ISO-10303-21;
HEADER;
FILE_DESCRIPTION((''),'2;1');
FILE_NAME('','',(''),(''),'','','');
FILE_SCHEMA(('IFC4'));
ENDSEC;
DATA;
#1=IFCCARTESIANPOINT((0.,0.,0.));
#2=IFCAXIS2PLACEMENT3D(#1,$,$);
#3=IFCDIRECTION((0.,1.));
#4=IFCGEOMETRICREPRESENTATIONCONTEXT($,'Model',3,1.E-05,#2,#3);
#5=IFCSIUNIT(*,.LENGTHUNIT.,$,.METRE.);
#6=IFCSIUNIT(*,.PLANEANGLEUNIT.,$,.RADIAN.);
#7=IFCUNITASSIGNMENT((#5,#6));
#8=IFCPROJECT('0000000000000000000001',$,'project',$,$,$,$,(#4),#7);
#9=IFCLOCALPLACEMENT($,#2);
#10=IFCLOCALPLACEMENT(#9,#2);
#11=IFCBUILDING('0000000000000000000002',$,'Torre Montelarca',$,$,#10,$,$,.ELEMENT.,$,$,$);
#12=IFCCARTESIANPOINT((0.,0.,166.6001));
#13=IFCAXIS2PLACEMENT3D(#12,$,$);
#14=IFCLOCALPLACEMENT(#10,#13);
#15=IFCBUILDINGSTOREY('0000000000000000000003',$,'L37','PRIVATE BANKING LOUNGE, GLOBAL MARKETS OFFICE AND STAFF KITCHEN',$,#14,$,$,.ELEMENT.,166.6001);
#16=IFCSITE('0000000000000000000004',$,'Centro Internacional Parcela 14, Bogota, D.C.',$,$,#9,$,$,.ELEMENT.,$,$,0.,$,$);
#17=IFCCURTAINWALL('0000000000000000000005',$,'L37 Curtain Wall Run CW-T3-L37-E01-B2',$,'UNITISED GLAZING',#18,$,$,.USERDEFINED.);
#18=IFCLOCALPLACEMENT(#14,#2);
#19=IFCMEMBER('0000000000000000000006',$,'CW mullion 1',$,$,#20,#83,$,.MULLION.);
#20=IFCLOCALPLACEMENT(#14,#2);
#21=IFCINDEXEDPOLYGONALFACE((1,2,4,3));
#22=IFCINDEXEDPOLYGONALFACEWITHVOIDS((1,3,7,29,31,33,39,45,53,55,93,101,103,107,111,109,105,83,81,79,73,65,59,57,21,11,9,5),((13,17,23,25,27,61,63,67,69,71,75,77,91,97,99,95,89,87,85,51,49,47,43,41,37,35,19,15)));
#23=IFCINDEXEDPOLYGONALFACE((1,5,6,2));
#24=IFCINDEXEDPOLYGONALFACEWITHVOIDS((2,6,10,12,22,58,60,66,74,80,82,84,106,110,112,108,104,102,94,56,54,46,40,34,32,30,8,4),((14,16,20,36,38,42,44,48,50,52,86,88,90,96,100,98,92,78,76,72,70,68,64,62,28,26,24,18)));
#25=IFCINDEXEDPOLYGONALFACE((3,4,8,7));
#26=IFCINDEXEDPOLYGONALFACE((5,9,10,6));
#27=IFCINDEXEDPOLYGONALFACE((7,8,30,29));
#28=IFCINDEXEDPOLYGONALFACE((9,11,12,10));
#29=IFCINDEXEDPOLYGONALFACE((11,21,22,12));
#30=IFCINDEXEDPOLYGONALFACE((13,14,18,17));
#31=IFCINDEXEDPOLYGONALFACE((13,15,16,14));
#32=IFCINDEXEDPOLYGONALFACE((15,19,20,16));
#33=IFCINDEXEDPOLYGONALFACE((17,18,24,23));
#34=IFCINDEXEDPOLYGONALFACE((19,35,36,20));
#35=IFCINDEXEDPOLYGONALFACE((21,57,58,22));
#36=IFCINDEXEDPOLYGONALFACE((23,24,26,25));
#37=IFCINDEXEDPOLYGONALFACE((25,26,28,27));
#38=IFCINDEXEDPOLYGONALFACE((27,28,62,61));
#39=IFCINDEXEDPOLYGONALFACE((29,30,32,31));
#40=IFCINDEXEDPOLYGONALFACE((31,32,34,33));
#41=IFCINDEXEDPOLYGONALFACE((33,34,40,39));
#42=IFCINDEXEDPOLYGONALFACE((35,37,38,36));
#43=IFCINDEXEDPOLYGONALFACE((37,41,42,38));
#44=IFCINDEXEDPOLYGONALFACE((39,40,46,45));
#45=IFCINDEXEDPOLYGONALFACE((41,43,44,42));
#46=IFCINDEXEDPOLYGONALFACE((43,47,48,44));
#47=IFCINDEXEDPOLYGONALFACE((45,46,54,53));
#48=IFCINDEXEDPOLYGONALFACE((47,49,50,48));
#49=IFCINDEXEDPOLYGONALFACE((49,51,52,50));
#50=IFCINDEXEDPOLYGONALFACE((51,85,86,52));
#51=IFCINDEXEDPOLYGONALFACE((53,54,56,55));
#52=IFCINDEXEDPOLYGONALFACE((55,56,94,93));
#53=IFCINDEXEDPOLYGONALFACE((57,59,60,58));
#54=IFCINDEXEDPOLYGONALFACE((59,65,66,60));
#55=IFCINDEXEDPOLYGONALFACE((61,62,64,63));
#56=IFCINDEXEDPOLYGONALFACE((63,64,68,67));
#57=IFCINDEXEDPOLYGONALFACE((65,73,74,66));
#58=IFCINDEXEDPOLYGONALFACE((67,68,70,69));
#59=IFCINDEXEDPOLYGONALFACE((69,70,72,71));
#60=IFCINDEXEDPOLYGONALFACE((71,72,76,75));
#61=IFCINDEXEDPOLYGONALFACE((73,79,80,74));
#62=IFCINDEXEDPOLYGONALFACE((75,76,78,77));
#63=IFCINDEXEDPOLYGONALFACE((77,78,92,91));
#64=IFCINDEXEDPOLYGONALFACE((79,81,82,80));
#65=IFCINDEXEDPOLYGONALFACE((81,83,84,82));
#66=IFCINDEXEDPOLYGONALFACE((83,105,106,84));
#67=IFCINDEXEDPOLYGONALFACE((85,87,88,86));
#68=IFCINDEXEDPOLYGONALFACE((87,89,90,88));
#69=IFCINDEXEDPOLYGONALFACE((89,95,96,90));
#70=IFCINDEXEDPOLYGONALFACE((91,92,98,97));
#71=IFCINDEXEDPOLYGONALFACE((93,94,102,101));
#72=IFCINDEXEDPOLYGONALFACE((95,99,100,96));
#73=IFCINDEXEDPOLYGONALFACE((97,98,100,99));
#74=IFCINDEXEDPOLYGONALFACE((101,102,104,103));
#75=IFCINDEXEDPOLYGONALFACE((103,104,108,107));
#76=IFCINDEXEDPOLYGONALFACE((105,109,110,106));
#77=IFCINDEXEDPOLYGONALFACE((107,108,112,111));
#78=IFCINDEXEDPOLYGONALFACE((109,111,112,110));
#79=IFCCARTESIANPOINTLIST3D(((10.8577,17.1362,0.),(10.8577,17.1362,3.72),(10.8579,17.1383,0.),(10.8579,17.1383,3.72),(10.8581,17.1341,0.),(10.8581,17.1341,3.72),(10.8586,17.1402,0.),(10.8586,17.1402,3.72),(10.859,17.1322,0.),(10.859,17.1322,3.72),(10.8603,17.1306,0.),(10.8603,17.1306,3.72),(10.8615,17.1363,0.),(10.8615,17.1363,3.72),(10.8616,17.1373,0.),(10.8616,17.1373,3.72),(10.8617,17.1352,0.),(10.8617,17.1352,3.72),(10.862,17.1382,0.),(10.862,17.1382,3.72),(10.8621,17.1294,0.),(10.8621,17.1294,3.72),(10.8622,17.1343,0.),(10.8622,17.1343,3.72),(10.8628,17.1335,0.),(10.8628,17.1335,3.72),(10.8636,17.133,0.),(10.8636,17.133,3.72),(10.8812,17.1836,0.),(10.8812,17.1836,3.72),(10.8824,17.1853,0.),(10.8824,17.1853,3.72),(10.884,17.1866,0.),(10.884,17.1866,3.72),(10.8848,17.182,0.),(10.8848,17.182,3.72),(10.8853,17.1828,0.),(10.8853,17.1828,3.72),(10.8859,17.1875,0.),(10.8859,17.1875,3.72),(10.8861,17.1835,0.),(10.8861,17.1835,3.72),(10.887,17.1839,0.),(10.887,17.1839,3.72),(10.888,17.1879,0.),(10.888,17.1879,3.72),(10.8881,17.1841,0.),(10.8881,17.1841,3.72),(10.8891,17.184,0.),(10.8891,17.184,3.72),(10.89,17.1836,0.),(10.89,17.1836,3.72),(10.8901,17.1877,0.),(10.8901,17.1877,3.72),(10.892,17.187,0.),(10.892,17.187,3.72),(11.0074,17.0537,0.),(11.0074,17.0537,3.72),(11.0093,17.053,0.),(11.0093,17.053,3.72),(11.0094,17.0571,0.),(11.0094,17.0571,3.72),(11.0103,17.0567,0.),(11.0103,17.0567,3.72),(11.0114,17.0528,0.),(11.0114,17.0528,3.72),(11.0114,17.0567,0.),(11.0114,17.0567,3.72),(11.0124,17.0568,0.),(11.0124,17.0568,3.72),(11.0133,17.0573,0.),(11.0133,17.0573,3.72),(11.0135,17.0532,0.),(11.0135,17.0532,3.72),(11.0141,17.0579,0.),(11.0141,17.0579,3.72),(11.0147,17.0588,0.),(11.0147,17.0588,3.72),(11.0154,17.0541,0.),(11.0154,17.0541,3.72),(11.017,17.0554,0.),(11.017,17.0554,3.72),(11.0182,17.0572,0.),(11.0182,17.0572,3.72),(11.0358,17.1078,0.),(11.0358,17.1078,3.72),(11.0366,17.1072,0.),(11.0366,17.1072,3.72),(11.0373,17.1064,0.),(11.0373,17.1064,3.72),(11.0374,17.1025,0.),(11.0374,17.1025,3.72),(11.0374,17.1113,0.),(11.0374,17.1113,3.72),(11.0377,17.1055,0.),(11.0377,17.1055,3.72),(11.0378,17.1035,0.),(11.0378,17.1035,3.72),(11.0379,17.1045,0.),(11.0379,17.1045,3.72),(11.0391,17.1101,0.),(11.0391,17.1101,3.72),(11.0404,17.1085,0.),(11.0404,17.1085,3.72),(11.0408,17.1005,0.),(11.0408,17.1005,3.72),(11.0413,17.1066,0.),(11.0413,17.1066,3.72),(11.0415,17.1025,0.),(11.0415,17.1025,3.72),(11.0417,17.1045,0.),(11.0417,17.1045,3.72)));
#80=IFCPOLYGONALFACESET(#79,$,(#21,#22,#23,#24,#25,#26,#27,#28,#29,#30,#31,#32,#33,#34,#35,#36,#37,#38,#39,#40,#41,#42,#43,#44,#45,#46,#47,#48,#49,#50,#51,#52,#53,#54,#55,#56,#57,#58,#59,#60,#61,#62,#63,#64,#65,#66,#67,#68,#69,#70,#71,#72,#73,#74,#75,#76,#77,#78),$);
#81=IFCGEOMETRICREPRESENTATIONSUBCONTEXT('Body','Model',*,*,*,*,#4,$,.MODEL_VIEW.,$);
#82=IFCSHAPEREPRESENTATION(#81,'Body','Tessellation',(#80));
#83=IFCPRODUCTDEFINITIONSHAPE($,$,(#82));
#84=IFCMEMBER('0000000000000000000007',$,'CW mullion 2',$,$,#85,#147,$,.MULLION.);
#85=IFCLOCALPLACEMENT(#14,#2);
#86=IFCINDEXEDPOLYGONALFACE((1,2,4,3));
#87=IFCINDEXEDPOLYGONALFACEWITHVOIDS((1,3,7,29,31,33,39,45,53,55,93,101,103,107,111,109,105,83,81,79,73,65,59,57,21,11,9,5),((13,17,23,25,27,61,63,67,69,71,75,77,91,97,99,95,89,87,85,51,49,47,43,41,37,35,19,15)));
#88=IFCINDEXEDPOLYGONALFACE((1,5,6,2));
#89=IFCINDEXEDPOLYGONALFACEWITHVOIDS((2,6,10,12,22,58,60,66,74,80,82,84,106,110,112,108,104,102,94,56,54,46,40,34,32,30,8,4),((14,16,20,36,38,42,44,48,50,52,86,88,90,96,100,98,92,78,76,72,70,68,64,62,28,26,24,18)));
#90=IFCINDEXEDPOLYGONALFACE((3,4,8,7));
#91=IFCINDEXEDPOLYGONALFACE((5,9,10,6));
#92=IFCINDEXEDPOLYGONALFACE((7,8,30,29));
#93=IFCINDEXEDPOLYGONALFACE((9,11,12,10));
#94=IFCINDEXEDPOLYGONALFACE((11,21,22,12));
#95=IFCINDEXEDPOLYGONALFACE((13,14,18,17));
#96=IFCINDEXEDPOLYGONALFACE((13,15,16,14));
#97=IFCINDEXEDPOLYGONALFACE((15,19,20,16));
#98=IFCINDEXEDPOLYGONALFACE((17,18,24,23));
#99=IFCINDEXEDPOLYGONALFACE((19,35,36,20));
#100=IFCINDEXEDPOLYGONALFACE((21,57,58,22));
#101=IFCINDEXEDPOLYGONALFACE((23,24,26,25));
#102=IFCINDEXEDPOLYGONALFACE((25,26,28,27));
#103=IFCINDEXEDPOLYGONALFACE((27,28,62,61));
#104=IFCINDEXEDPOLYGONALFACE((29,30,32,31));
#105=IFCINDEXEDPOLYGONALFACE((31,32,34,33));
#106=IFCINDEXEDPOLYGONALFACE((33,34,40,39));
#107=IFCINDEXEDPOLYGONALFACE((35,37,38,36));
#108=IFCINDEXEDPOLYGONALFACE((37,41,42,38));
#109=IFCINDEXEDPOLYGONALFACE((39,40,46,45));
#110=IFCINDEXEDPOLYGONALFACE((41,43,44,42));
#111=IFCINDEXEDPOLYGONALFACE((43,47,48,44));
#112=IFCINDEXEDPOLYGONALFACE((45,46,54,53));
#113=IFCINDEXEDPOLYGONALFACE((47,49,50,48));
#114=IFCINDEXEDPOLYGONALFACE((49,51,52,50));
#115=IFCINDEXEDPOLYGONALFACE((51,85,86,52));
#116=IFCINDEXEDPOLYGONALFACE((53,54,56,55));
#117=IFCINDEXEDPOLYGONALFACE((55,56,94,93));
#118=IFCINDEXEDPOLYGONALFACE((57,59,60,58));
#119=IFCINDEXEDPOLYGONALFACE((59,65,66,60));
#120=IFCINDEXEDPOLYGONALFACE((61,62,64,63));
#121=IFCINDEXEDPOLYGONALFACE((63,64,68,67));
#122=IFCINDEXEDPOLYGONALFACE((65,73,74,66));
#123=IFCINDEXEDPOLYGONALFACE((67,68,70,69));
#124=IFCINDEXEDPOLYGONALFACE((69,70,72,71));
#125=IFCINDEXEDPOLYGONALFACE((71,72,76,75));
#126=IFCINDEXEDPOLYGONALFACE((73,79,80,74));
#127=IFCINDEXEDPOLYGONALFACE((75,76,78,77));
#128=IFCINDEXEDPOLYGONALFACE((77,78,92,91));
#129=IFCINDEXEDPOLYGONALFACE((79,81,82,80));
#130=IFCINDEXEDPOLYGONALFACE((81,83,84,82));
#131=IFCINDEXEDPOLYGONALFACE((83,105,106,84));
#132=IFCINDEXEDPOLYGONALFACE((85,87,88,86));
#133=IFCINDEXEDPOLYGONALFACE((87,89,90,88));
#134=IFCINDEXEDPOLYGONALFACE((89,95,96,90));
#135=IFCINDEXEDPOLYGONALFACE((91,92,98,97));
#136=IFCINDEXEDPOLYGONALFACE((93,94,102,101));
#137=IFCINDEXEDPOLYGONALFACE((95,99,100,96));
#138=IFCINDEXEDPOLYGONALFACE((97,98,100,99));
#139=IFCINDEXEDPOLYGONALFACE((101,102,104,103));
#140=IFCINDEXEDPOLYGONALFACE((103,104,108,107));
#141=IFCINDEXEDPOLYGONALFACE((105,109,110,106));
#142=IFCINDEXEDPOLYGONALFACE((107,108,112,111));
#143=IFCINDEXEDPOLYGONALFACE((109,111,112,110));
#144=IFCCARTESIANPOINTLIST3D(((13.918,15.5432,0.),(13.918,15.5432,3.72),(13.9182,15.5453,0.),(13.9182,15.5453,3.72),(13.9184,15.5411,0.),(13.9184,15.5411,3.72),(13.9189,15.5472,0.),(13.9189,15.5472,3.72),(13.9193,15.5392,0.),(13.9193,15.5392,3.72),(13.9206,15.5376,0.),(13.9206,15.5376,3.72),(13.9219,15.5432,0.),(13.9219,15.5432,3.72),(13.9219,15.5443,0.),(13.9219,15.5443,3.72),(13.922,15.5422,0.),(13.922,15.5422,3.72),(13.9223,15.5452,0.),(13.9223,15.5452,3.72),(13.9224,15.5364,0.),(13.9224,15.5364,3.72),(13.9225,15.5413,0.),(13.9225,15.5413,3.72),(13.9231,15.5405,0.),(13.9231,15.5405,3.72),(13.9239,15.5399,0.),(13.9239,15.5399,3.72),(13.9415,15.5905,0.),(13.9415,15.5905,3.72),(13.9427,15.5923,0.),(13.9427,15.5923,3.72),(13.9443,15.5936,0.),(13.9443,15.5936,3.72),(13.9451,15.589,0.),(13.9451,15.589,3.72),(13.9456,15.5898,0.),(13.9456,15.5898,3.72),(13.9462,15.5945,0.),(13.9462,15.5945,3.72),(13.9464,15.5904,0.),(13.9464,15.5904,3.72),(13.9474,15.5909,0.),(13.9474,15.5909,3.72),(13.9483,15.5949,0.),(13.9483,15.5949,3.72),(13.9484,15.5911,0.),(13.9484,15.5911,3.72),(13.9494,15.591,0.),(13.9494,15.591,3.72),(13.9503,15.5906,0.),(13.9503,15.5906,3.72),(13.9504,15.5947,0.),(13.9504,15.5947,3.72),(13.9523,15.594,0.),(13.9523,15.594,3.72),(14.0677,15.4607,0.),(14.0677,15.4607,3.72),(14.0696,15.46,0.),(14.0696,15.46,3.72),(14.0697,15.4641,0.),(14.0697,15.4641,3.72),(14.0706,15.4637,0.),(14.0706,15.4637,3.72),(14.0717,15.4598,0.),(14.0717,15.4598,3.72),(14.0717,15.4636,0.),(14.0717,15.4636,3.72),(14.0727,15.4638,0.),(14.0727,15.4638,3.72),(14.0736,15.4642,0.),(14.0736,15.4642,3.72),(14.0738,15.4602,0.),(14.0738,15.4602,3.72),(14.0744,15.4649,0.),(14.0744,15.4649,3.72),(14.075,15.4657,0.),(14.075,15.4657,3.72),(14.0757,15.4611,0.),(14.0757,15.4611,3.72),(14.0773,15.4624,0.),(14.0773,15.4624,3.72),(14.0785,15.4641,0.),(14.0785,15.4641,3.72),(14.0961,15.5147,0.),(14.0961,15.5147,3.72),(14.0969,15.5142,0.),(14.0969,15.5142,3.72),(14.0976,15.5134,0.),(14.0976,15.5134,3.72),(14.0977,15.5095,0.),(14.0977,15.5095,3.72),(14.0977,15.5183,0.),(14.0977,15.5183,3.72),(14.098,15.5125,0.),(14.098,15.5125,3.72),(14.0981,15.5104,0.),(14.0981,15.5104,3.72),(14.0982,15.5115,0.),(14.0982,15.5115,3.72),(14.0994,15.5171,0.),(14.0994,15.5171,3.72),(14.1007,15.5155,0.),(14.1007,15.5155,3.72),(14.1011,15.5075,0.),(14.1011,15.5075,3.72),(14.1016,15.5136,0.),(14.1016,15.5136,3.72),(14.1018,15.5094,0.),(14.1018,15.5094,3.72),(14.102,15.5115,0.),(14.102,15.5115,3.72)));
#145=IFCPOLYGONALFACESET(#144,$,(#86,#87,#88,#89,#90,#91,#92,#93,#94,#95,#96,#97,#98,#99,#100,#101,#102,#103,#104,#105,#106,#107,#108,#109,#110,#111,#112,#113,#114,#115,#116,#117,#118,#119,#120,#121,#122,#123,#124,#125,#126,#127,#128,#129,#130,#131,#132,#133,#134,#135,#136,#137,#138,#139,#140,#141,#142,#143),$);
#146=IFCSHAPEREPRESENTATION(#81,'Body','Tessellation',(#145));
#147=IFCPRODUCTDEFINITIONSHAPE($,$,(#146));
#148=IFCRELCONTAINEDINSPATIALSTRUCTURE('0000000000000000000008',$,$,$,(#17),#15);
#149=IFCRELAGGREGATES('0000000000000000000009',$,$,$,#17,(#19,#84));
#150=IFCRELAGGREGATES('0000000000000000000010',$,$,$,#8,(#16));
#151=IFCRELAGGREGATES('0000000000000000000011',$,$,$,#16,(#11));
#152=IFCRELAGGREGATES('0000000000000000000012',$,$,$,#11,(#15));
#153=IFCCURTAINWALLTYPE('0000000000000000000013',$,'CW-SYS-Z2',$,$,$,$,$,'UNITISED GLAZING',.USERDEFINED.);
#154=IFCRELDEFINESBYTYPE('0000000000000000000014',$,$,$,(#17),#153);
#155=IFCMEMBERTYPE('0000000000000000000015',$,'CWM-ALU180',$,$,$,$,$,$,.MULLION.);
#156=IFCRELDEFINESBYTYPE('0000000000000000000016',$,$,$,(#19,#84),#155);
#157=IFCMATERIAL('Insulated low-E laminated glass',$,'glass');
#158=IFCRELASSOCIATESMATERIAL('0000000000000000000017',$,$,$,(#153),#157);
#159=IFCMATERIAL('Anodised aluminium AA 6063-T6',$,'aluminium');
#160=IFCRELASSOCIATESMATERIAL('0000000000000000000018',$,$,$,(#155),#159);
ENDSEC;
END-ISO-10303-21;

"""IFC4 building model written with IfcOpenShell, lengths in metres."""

from ifc_helpers import new_model, si_unit, direction, frame, origin, origin_2d, place, context, subcontext, project, spatial, hollow_rectangle, extrude, source, transform, mapped, material, material_profile, profile_set, type_object, element, aggregate, save


model = new_model("IFC4")

# Units and contexts
model_context = context("Model", 3, precision=1e-05, world=origin(), true_north=direction((0.0, 1.0)))
body_context = subcontext(model_context, "Body", "Model", "MODEL_VIEW")
ifc_project = project(units=[si_unit("LENGTHUNIT", "METRE"), si_unit("PLANEANGLEUNIT", "RADIAN")], contexts=[model_context])

# Site, building, storey
site_placement = place(None, origin())
site = spatial("IfcSite", under=ifc_project, at=site_placement, Name="Centro Internacional Parcela 14, Bogota, D.C.", CompositionType="ELEMENT", RefElevation=0.0)
building_placement = place(site_placement, origin())
building = spatial("IfcBuilding", under=site, at=building_placement, Name="Torre Montelarca", CompositionType="ELEMENT")
storey_placement = place(building_placement, frame((0.0, 0.0, 166.6001)))
storey = spatial("IfcBuildingStorey", under=building, at=storey_placement, Name="L37", Description="PRIVATE BANKING LOUNGE, GLOBAL MARKETS OFFICE AND STAFF KITCHEN", CompositionType="ELEMENT", Elevation=166.6001)

# Curtain wall, members
ifc_material_1 = material(Name="Insulated low-E laminated glass", Category="glass")
curtain_wall_type = type_object("IfcCurtainWallType", Name="CW-SYS-Z2", ElementType="UNITISED GLAZING", PredefinedType="USERDEFINED", material=ifc_material_1)
ifc_material_2 = material(Name="Anodised aluminium AA 6063-T6", Category="aluminium")
ifc_material_profile_1 = material_profile(ifc_material_2, hollow_rectangle(XDim=0.0649, YDim=0.1799, WallThickness=0.0039, InnerFilletRadius=0.0039, OuterFilletRadius=0.0081, at=origin_2d()), Name="ALU65X180X4", Category="aluminium")
ifc_profile_set_1 = profile_set([ifc_material_profile_1], Name="Anodised aluminium AA 6063-T6")
member_type_1 = type_object("IfcMemberType", Name="CWM-ALU180", PredefinedType="MULLION", material=ifc_profile_set_1)
shared_shape_1 = source(origin(), body_context, "Body", "SweptSolid", [
    extrude(hollow_rectangle(XDim=0.0649, YDim=0.1799, WallThickness=0.0039, InnerFilletRadius=0.0039, OuterFilletRadius=0.0081, at=origin_2d()), origin(), (0.0, 0.0, 1.0), 3.72),
])
curtain_wall_1_placement = place(storey_placement, origin())
curtain_wall_1 = element("IfcCurtainWall", 1, at=curtain_wall_1_placement, inside=storey, type_object=curtain_wall_type, Name="L37 Curtain Wall Run CW-T3-L37-E01-B2", ObjectType="UNITISED GLAZING", PredefinedType="USERDEFINED")
member_1_placement = place(storey_placement, frame((10.9497, 17.1204, 0.0), z_axis=(0.0, 0.0, 1.0), x_axis=(0.461753, 0.887009, 0.0)))
member_1 = element("IfcMember", 2, at=member_1_placement, type_object=member_type_1, Name="CW mullion 1", PredefinedType="MULLION", context=body_context, shape_type="MappedRepresentation", body=[
    mapped(shared_shape_1, transform((0.0, 0.0, 0.0), scale=1.0)),
])
member_2_placement = place(storey_placement, frame((14.01, 15.5273, 0.0), z_axis=(0.0, 0.0, 1.0), x_axis=(0.461753, 0.887009, 0.0)))
member_2 = element("IfcMember", 3, at=member_2_placement, type_object=member_type_1, Name="CW mullion 2", PredefinedType="MULLION", context=body_context, shape_type="MappedRepresentation", body=[
    mapped(shared_shape_1, transform((0.0, 0.0, 0.0), scale=1.0)),
])

aggregate(curtain_wall_1, [member_1, member_2])

save(model, "model.ifc")
